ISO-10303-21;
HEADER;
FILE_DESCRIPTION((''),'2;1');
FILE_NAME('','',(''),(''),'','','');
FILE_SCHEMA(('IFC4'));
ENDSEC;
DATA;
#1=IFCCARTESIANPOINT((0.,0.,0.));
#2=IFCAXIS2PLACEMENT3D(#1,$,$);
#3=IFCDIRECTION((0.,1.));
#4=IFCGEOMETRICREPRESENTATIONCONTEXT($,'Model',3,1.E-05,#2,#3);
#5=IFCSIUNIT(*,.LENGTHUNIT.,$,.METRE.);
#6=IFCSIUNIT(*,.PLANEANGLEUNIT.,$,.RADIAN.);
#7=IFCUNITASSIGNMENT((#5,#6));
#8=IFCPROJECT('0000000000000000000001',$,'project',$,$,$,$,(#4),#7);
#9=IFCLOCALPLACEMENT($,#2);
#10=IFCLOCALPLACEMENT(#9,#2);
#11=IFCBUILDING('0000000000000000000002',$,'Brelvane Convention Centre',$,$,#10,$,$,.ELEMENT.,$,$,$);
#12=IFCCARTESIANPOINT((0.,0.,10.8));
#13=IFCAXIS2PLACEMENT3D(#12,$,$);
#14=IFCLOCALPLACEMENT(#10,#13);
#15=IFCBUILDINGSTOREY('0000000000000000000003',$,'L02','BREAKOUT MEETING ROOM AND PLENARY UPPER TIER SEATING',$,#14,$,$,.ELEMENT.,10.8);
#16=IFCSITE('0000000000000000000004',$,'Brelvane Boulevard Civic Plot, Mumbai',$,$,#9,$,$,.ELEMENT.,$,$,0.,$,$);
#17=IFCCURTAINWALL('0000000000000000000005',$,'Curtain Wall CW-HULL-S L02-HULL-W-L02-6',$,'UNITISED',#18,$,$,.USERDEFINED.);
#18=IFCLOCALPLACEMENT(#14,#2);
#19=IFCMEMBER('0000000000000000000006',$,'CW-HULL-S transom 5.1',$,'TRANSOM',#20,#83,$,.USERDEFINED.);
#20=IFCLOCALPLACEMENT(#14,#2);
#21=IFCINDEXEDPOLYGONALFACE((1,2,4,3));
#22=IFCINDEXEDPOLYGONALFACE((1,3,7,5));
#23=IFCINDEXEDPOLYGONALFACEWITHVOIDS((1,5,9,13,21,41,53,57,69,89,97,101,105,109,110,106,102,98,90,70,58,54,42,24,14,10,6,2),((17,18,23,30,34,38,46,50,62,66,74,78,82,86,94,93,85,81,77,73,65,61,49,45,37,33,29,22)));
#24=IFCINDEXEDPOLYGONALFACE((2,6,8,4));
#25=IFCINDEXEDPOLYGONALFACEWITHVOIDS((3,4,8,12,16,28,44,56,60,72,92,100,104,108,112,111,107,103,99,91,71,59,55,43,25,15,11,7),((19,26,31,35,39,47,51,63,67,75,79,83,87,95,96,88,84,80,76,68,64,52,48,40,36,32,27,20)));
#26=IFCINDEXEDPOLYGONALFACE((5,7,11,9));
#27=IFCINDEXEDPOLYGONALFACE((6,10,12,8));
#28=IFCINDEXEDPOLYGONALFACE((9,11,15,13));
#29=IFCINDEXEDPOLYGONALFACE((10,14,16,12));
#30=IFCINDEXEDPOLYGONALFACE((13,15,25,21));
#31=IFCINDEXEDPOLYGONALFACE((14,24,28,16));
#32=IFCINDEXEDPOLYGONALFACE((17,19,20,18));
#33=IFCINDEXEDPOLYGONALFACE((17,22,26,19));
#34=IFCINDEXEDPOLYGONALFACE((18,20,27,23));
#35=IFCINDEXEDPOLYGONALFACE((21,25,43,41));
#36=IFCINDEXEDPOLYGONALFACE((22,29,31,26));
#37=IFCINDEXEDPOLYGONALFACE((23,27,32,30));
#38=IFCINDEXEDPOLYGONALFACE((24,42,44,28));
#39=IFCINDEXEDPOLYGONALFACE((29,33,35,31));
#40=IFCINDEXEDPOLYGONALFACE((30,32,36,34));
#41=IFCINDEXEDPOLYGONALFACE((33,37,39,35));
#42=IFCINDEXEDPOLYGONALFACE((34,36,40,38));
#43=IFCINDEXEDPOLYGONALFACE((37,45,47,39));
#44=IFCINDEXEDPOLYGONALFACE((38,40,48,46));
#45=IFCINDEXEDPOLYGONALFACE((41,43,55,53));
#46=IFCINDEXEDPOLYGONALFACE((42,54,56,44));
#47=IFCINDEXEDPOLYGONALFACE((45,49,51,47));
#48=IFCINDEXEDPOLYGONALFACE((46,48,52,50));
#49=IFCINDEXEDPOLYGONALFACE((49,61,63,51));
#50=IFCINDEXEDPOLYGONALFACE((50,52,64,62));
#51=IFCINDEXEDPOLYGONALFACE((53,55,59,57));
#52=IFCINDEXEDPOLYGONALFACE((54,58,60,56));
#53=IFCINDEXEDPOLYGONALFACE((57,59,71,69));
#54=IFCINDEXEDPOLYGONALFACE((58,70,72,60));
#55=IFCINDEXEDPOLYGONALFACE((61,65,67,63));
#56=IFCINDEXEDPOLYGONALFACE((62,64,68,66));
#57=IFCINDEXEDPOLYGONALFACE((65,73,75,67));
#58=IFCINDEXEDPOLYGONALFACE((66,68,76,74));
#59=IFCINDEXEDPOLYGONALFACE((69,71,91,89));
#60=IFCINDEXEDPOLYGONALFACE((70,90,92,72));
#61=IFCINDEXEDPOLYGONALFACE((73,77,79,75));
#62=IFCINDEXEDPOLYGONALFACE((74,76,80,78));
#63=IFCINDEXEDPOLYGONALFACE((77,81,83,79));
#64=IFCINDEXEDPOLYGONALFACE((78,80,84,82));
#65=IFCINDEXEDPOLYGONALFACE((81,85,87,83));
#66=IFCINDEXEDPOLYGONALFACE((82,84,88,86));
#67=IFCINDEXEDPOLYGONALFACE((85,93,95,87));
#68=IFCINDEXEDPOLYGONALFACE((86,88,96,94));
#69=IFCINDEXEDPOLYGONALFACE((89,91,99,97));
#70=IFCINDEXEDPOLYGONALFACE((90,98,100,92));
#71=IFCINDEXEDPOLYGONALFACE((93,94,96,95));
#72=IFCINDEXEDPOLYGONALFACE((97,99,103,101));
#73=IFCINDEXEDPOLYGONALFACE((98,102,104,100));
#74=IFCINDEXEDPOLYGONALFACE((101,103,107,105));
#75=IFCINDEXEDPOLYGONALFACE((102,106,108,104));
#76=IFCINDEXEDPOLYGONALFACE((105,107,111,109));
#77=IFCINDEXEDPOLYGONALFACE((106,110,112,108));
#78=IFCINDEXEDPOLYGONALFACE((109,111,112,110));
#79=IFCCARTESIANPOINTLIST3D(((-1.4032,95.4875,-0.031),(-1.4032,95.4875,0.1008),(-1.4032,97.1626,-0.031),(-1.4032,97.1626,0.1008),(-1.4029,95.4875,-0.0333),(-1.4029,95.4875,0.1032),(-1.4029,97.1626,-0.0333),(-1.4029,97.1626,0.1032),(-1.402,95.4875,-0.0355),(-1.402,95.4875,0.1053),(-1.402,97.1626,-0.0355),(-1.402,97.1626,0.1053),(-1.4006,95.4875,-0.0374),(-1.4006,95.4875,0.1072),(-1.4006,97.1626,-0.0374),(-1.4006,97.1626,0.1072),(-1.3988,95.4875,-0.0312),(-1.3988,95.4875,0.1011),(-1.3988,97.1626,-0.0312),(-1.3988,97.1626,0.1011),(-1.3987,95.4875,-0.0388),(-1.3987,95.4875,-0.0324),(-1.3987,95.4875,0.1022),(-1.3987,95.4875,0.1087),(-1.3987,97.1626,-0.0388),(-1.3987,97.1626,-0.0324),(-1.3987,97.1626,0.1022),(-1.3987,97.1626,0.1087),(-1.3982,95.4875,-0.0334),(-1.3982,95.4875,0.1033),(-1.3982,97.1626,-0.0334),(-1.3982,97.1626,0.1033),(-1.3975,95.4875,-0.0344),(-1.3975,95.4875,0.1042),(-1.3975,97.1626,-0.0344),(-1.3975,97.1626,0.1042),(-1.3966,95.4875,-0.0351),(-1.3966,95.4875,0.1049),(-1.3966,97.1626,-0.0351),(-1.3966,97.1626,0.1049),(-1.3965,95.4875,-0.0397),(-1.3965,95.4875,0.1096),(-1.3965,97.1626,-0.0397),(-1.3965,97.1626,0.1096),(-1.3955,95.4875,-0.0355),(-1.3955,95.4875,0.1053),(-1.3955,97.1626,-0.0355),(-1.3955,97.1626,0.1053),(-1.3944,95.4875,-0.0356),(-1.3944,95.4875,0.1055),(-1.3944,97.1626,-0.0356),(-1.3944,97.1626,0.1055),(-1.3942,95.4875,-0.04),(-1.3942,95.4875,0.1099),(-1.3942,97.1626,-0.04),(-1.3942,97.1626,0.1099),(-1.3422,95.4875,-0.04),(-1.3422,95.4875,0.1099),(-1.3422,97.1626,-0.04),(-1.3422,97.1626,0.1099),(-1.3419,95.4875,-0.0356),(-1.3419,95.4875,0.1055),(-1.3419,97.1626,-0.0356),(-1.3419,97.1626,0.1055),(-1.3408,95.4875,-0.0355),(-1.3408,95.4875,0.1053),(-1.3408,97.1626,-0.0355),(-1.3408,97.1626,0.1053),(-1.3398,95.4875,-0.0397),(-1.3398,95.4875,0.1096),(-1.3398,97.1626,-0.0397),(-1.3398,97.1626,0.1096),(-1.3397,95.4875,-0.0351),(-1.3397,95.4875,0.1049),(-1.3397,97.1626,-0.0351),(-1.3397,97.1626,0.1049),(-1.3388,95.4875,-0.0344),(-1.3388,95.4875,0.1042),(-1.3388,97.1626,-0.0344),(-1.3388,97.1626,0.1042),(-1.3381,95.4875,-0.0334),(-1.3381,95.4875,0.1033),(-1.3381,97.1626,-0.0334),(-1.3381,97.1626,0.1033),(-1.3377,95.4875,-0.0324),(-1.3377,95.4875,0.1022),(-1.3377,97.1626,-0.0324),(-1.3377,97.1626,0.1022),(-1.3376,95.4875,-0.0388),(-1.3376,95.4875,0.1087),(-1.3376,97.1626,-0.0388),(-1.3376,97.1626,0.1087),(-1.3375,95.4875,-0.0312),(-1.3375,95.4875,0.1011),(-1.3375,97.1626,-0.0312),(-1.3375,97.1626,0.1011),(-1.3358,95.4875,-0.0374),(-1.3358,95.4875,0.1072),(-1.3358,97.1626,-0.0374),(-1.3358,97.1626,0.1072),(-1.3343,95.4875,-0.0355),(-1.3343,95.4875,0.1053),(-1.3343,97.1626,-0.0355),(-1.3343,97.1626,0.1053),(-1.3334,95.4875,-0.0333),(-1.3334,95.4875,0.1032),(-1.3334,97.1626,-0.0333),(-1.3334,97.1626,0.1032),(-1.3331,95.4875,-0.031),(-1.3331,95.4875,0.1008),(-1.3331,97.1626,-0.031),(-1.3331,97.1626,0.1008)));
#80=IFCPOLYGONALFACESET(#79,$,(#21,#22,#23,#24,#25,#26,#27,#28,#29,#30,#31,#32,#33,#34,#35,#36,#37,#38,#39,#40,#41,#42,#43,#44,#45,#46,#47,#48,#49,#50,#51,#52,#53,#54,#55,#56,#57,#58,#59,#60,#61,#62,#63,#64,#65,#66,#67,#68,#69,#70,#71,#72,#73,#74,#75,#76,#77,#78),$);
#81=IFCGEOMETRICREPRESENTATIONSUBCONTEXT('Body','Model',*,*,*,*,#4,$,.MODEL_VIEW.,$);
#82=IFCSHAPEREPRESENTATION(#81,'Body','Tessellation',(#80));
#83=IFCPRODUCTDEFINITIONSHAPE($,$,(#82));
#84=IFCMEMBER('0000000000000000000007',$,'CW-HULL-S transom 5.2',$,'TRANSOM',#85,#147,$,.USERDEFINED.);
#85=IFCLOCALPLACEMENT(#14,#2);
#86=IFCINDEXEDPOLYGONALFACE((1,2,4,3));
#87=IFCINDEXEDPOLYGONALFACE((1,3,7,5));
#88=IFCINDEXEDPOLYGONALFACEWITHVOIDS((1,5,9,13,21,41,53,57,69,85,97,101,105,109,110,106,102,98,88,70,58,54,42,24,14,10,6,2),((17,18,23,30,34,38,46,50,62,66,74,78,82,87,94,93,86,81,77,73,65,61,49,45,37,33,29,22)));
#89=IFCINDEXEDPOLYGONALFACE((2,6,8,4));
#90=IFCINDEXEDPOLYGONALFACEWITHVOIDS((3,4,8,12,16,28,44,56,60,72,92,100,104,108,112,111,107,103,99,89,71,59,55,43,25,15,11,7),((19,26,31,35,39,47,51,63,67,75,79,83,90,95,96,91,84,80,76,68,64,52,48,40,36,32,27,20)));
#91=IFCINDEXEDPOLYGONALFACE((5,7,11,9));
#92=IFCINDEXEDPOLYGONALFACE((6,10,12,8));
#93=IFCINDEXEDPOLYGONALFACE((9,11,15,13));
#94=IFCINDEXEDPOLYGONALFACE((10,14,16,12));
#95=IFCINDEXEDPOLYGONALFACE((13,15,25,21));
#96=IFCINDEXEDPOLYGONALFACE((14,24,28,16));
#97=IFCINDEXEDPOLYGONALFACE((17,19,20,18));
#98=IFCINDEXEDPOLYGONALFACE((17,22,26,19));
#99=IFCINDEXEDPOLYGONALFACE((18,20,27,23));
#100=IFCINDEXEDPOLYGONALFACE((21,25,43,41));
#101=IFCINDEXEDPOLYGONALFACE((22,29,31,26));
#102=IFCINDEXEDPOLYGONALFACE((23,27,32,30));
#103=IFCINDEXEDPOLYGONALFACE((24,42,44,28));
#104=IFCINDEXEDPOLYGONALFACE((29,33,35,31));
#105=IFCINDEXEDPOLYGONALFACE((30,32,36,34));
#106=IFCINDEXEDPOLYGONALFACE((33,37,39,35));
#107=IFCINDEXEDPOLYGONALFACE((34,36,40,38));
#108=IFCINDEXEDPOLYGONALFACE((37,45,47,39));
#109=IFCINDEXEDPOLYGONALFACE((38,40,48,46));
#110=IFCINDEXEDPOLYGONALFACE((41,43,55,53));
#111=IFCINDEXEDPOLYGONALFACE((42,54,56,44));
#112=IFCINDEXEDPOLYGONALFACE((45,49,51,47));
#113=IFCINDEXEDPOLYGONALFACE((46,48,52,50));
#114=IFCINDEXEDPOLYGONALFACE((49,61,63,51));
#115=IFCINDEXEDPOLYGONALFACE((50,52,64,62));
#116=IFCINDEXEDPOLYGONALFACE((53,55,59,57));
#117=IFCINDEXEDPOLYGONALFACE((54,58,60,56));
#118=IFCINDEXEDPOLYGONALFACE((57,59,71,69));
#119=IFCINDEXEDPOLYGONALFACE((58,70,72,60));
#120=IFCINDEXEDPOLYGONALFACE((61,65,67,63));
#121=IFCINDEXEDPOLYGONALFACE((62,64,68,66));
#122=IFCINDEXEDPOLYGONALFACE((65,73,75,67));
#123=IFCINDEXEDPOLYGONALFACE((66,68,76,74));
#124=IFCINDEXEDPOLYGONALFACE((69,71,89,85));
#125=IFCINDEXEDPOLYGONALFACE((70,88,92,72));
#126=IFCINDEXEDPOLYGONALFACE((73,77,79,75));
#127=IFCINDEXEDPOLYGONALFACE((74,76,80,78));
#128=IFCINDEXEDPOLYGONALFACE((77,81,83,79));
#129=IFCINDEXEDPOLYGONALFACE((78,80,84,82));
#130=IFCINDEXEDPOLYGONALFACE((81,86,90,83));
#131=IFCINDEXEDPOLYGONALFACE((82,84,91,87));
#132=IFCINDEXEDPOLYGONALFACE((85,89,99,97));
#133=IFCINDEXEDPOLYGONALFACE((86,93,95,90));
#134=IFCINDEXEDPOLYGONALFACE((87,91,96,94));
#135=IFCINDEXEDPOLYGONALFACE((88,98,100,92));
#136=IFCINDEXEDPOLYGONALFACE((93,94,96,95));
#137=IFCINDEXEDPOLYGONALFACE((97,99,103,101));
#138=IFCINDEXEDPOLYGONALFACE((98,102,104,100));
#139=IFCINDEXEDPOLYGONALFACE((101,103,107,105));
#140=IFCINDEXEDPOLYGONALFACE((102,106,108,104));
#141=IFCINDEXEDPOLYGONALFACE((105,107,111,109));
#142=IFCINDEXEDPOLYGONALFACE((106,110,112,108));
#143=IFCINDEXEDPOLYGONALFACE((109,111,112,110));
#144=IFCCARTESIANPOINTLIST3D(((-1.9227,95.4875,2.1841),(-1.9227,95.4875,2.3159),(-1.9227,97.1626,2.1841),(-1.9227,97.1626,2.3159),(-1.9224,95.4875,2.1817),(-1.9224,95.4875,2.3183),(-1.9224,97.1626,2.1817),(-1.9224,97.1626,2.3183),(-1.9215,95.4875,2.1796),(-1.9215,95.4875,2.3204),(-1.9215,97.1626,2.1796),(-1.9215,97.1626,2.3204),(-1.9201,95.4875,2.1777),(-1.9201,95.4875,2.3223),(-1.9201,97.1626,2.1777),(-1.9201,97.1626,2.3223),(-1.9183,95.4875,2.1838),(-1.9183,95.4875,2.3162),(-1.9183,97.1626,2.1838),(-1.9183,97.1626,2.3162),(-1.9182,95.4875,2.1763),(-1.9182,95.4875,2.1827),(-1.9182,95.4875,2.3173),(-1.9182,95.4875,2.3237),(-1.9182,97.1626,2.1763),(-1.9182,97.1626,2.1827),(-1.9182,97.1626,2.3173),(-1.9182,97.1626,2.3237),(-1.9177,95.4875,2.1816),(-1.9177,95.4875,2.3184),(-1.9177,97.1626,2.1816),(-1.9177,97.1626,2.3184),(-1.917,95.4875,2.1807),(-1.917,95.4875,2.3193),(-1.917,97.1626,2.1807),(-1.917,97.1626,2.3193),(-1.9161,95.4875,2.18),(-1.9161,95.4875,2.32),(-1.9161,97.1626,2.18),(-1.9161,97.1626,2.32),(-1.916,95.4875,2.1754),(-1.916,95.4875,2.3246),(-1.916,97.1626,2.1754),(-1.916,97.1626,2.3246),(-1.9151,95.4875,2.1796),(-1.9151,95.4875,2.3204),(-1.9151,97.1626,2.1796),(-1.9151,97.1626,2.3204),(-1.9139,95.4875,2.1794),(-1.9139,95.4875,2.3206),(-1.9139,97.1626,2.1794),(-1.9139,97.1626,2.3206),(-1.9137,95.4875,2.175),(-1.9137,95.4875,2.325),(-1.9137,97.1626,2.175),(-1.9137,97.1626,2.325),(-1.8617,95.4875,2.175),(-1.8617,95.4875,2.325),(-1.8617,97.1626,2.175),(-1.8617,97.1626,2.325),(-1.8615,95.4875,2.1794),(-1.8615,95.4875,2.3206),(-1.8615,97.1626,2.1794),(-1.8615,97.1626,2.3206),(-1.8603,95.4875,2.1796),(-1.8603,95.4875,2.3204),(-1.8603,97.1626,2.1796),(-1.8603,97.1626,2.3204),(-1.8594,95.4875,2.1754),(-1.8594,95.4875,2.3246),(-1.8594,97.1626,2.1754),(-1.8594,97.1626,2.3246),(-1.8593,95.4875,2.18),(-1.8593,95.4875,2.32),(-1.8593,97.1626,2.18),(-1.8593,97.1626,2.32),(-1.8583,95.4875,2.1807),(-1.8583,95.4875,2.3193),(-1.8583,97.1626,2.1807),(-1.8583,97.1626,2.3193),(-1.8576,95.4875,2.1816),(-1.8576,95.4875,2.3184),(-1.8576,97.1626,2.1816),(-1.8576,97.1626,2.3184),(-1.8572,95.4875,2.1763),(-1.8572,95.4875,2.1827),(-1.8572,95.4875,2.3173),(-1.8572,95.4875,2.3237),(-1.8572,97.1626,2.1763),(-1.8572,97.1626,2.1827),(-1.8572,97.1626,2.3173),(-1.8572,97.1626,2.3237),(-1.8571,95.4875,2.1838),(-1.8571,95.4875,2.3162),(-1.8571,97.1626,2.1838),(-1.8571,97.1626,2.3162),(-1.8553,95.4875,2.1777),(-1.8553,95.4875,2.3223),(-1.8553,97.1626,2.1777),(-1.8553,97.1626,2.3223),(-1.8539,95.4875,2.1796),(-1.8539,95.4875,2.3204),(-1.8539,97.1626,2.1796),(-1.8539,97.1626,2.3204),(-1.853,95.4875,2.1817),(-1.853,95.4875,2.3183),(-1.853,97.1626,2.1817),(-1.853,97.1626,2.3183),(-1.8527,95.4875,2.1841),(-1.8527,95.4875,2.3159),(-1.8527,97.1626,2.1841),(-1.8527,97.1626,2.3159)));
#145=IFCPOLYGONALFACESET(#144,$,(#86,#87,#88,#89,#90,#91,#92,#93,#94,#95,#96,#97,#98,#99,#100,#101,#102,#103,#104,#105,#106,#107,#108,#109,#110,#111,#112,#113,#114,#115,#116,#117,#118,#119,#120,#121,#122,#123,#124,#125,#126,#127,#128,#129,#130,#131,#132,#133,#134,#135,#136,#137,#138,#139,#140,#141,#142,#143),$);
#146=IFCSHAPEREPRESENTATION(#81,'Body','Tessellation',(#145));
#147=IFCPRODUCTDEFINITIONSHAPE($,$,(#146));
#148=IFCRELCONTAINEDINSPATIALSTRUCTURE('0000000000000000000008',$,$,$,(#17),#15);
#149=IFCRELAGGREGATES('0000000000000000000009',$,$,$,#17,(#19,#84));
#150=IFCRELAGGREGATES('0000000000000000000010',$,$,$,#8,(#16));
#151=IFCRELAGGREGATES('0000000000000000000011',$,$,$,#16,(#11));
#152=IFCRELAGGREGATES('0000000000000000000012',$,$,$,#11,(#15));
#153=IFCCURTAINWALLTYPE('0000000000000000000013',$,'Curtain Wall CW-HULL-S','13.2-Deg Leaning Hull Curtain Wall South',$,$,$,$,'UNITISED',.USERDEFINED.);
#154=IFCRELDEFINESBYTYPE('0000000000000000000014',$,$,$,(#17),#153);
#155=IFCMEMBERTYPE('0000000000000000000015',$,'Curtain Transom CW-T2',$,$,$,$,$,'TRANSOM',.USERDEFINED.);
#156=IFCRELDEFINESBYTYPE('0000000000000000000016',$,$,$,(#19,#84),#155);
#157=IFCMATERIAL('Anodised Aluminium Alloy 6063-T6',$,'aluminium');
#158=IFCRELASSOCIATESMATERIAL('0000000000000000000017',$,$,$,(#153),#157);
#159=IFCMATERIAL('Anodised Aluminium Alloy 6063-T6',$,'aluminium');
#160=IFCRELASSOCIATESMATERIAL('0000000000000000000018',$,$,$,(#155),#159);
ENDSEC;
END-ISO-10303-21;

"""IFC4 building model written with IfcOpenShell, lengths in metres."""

from ifc_helpers import new_model, si_unit, direction, frame, origin, origin_2d, place, context, subcontext, project, spatial, hollow_rectangle, extrude, material, material_profile, profile_set, type_object, element, aggregate, save


model = new_model("IFC4")

# Units and contexts
model_context = context("Model", 3, precision=1e-05, world=origin(), true_north=direction((0.0, 1.0)))
body_context = subcontext(model_context, "Body", "Model", "MODEL_VIEW")
ifc_project = project(units=[si_unit("LENGTHUNIT", "METRE"), si_unit("PLANEANGLEUNIT", "RADIAN")], contexts=[model_context])

# Site, building, storey
site_placement = place(None, origin())
site = spatial("IfcSite", under=ifc_project, at=site_placement, Name="Brelvane Boulevard Civic Plot, Mumbai", CompositionType="ELEMENT", RefElevation=0.0)
building_placement = place(site_placement, origin())
building = spatial("IfcBuilding", under=site, at=building_placement, Name="Brelvane Convention Centre", CompositionType="ELEMENT")
storey_placement = place(building_placement, frame((0.0, 0.0, 10.8)))
storey = spatial("IfcBuildingStorey", under=building, at=storey_placement, Name="L02", Description="BREAKOUT MEETING ROOM AND PLENARY UPPER TIER SEATING", CompositionType="ELEMENT", Elevation=10.8)

# Curtain wall, members
ifc_material_1 = material(Name="Anodised Aluminium Alloy 6063-T6", Category="aluminium")
curtain_wall_type = type_object("IfcCurtainWallType", Name="Curtain Wall CW-HULL-S", Description="13.2-Deg Leaning Hull Curtain Wall South", ElementType="UNITISED", PredefinedType="USERDEFINED", material=ifc_material_1)
curtain_wall_placement = place(storey_placement, origin())
curtain_wall = element("IfcCurtainWall", 1, at=curtain_wall_placement, inside=storey, type_object=curtain_wall_type, Name="Curtain Wall CW-HULL-S L02-HULL-W-L02-6", ObjectType="UNITISED", PredefinedType="USERDEFINED")
ifc_material_2 = material(Name="Anodised Aluminium Alloy 6063-T6", Category="aluminium")
ifc_material_profile_1 = material_profile(ifc_material_2, hollow_rectangle(XDim=0.0701, YDim=0.1499, WallThickness=0.0044, InnerFilletRadius=0.0044, OuterFilletRadius=0.009, at=origin_2d()), Name="ALU-T 150x70x4.5")
ifc_profile_set_1 = profile_set([ifc_material_profile_1], Name="Anodised Aluminium Alloy 6063-T6")
member_type_1 = type_object("IfcMemberType", Name="Curtain Transom CW-T2", ElementType="TRANSOM", PredefinedType="USERDEFINED", material=ifc_profile_set_1)
member_1_placement = place(storey_placement, frame((-1.3682, 95.4875, 0.0349), z_axis=(0.0, 1.0, 0.0), x_axis=(-1.0, 0.0, 0.0)))
member_1 = element("IfcMember", 2, at=member_1_placement, type_object=member_type_1, Name="CW-HULL-S transom 5.1", ObjectType="TRANSOM", PredefinedType="USERDEFINED", context=body_context, shape_type="SweptSolid", body=[
    extrude(hollow_rectangle(XDim=0.0701, YDim=0.1499, WallThickness=0.0044, InnerFilletRadius=0.0044, OuterFilletRadius=0.009, at=origin_2d()), origin(), (0.0, 0.0, 1.0), 1.675),
])
member_2_placement = place(storey_placement, frame((-1.8877, 95.4875, 2.25), z_axis=(0.0, 1.0, 0.0), x_axis=(-1.0, 0.0, 0.0)))
member_2 = element("IfcMember", 3, at=member_2_placement, type_object=member_type_1, Name="CW-HULL-S transom 5.2", ObjectType="TRANSOM", PredefinedType="USERDEFINED", context=body_context, shape_type="SweptSolid", body=[
    extrude(hollow_rectangle(XDim=0.0701, YDim=0.1499, WallThickness=0.0044, InnerFilletRadius=0.0044, OuterFilletRadius=0.009, at=origin_2d()), origin(), (0.0, 0.0, 1.0), 1.675),
])
aggregate(curtain_wall, [member_1, member_2])

save(model, "model.ifc")
